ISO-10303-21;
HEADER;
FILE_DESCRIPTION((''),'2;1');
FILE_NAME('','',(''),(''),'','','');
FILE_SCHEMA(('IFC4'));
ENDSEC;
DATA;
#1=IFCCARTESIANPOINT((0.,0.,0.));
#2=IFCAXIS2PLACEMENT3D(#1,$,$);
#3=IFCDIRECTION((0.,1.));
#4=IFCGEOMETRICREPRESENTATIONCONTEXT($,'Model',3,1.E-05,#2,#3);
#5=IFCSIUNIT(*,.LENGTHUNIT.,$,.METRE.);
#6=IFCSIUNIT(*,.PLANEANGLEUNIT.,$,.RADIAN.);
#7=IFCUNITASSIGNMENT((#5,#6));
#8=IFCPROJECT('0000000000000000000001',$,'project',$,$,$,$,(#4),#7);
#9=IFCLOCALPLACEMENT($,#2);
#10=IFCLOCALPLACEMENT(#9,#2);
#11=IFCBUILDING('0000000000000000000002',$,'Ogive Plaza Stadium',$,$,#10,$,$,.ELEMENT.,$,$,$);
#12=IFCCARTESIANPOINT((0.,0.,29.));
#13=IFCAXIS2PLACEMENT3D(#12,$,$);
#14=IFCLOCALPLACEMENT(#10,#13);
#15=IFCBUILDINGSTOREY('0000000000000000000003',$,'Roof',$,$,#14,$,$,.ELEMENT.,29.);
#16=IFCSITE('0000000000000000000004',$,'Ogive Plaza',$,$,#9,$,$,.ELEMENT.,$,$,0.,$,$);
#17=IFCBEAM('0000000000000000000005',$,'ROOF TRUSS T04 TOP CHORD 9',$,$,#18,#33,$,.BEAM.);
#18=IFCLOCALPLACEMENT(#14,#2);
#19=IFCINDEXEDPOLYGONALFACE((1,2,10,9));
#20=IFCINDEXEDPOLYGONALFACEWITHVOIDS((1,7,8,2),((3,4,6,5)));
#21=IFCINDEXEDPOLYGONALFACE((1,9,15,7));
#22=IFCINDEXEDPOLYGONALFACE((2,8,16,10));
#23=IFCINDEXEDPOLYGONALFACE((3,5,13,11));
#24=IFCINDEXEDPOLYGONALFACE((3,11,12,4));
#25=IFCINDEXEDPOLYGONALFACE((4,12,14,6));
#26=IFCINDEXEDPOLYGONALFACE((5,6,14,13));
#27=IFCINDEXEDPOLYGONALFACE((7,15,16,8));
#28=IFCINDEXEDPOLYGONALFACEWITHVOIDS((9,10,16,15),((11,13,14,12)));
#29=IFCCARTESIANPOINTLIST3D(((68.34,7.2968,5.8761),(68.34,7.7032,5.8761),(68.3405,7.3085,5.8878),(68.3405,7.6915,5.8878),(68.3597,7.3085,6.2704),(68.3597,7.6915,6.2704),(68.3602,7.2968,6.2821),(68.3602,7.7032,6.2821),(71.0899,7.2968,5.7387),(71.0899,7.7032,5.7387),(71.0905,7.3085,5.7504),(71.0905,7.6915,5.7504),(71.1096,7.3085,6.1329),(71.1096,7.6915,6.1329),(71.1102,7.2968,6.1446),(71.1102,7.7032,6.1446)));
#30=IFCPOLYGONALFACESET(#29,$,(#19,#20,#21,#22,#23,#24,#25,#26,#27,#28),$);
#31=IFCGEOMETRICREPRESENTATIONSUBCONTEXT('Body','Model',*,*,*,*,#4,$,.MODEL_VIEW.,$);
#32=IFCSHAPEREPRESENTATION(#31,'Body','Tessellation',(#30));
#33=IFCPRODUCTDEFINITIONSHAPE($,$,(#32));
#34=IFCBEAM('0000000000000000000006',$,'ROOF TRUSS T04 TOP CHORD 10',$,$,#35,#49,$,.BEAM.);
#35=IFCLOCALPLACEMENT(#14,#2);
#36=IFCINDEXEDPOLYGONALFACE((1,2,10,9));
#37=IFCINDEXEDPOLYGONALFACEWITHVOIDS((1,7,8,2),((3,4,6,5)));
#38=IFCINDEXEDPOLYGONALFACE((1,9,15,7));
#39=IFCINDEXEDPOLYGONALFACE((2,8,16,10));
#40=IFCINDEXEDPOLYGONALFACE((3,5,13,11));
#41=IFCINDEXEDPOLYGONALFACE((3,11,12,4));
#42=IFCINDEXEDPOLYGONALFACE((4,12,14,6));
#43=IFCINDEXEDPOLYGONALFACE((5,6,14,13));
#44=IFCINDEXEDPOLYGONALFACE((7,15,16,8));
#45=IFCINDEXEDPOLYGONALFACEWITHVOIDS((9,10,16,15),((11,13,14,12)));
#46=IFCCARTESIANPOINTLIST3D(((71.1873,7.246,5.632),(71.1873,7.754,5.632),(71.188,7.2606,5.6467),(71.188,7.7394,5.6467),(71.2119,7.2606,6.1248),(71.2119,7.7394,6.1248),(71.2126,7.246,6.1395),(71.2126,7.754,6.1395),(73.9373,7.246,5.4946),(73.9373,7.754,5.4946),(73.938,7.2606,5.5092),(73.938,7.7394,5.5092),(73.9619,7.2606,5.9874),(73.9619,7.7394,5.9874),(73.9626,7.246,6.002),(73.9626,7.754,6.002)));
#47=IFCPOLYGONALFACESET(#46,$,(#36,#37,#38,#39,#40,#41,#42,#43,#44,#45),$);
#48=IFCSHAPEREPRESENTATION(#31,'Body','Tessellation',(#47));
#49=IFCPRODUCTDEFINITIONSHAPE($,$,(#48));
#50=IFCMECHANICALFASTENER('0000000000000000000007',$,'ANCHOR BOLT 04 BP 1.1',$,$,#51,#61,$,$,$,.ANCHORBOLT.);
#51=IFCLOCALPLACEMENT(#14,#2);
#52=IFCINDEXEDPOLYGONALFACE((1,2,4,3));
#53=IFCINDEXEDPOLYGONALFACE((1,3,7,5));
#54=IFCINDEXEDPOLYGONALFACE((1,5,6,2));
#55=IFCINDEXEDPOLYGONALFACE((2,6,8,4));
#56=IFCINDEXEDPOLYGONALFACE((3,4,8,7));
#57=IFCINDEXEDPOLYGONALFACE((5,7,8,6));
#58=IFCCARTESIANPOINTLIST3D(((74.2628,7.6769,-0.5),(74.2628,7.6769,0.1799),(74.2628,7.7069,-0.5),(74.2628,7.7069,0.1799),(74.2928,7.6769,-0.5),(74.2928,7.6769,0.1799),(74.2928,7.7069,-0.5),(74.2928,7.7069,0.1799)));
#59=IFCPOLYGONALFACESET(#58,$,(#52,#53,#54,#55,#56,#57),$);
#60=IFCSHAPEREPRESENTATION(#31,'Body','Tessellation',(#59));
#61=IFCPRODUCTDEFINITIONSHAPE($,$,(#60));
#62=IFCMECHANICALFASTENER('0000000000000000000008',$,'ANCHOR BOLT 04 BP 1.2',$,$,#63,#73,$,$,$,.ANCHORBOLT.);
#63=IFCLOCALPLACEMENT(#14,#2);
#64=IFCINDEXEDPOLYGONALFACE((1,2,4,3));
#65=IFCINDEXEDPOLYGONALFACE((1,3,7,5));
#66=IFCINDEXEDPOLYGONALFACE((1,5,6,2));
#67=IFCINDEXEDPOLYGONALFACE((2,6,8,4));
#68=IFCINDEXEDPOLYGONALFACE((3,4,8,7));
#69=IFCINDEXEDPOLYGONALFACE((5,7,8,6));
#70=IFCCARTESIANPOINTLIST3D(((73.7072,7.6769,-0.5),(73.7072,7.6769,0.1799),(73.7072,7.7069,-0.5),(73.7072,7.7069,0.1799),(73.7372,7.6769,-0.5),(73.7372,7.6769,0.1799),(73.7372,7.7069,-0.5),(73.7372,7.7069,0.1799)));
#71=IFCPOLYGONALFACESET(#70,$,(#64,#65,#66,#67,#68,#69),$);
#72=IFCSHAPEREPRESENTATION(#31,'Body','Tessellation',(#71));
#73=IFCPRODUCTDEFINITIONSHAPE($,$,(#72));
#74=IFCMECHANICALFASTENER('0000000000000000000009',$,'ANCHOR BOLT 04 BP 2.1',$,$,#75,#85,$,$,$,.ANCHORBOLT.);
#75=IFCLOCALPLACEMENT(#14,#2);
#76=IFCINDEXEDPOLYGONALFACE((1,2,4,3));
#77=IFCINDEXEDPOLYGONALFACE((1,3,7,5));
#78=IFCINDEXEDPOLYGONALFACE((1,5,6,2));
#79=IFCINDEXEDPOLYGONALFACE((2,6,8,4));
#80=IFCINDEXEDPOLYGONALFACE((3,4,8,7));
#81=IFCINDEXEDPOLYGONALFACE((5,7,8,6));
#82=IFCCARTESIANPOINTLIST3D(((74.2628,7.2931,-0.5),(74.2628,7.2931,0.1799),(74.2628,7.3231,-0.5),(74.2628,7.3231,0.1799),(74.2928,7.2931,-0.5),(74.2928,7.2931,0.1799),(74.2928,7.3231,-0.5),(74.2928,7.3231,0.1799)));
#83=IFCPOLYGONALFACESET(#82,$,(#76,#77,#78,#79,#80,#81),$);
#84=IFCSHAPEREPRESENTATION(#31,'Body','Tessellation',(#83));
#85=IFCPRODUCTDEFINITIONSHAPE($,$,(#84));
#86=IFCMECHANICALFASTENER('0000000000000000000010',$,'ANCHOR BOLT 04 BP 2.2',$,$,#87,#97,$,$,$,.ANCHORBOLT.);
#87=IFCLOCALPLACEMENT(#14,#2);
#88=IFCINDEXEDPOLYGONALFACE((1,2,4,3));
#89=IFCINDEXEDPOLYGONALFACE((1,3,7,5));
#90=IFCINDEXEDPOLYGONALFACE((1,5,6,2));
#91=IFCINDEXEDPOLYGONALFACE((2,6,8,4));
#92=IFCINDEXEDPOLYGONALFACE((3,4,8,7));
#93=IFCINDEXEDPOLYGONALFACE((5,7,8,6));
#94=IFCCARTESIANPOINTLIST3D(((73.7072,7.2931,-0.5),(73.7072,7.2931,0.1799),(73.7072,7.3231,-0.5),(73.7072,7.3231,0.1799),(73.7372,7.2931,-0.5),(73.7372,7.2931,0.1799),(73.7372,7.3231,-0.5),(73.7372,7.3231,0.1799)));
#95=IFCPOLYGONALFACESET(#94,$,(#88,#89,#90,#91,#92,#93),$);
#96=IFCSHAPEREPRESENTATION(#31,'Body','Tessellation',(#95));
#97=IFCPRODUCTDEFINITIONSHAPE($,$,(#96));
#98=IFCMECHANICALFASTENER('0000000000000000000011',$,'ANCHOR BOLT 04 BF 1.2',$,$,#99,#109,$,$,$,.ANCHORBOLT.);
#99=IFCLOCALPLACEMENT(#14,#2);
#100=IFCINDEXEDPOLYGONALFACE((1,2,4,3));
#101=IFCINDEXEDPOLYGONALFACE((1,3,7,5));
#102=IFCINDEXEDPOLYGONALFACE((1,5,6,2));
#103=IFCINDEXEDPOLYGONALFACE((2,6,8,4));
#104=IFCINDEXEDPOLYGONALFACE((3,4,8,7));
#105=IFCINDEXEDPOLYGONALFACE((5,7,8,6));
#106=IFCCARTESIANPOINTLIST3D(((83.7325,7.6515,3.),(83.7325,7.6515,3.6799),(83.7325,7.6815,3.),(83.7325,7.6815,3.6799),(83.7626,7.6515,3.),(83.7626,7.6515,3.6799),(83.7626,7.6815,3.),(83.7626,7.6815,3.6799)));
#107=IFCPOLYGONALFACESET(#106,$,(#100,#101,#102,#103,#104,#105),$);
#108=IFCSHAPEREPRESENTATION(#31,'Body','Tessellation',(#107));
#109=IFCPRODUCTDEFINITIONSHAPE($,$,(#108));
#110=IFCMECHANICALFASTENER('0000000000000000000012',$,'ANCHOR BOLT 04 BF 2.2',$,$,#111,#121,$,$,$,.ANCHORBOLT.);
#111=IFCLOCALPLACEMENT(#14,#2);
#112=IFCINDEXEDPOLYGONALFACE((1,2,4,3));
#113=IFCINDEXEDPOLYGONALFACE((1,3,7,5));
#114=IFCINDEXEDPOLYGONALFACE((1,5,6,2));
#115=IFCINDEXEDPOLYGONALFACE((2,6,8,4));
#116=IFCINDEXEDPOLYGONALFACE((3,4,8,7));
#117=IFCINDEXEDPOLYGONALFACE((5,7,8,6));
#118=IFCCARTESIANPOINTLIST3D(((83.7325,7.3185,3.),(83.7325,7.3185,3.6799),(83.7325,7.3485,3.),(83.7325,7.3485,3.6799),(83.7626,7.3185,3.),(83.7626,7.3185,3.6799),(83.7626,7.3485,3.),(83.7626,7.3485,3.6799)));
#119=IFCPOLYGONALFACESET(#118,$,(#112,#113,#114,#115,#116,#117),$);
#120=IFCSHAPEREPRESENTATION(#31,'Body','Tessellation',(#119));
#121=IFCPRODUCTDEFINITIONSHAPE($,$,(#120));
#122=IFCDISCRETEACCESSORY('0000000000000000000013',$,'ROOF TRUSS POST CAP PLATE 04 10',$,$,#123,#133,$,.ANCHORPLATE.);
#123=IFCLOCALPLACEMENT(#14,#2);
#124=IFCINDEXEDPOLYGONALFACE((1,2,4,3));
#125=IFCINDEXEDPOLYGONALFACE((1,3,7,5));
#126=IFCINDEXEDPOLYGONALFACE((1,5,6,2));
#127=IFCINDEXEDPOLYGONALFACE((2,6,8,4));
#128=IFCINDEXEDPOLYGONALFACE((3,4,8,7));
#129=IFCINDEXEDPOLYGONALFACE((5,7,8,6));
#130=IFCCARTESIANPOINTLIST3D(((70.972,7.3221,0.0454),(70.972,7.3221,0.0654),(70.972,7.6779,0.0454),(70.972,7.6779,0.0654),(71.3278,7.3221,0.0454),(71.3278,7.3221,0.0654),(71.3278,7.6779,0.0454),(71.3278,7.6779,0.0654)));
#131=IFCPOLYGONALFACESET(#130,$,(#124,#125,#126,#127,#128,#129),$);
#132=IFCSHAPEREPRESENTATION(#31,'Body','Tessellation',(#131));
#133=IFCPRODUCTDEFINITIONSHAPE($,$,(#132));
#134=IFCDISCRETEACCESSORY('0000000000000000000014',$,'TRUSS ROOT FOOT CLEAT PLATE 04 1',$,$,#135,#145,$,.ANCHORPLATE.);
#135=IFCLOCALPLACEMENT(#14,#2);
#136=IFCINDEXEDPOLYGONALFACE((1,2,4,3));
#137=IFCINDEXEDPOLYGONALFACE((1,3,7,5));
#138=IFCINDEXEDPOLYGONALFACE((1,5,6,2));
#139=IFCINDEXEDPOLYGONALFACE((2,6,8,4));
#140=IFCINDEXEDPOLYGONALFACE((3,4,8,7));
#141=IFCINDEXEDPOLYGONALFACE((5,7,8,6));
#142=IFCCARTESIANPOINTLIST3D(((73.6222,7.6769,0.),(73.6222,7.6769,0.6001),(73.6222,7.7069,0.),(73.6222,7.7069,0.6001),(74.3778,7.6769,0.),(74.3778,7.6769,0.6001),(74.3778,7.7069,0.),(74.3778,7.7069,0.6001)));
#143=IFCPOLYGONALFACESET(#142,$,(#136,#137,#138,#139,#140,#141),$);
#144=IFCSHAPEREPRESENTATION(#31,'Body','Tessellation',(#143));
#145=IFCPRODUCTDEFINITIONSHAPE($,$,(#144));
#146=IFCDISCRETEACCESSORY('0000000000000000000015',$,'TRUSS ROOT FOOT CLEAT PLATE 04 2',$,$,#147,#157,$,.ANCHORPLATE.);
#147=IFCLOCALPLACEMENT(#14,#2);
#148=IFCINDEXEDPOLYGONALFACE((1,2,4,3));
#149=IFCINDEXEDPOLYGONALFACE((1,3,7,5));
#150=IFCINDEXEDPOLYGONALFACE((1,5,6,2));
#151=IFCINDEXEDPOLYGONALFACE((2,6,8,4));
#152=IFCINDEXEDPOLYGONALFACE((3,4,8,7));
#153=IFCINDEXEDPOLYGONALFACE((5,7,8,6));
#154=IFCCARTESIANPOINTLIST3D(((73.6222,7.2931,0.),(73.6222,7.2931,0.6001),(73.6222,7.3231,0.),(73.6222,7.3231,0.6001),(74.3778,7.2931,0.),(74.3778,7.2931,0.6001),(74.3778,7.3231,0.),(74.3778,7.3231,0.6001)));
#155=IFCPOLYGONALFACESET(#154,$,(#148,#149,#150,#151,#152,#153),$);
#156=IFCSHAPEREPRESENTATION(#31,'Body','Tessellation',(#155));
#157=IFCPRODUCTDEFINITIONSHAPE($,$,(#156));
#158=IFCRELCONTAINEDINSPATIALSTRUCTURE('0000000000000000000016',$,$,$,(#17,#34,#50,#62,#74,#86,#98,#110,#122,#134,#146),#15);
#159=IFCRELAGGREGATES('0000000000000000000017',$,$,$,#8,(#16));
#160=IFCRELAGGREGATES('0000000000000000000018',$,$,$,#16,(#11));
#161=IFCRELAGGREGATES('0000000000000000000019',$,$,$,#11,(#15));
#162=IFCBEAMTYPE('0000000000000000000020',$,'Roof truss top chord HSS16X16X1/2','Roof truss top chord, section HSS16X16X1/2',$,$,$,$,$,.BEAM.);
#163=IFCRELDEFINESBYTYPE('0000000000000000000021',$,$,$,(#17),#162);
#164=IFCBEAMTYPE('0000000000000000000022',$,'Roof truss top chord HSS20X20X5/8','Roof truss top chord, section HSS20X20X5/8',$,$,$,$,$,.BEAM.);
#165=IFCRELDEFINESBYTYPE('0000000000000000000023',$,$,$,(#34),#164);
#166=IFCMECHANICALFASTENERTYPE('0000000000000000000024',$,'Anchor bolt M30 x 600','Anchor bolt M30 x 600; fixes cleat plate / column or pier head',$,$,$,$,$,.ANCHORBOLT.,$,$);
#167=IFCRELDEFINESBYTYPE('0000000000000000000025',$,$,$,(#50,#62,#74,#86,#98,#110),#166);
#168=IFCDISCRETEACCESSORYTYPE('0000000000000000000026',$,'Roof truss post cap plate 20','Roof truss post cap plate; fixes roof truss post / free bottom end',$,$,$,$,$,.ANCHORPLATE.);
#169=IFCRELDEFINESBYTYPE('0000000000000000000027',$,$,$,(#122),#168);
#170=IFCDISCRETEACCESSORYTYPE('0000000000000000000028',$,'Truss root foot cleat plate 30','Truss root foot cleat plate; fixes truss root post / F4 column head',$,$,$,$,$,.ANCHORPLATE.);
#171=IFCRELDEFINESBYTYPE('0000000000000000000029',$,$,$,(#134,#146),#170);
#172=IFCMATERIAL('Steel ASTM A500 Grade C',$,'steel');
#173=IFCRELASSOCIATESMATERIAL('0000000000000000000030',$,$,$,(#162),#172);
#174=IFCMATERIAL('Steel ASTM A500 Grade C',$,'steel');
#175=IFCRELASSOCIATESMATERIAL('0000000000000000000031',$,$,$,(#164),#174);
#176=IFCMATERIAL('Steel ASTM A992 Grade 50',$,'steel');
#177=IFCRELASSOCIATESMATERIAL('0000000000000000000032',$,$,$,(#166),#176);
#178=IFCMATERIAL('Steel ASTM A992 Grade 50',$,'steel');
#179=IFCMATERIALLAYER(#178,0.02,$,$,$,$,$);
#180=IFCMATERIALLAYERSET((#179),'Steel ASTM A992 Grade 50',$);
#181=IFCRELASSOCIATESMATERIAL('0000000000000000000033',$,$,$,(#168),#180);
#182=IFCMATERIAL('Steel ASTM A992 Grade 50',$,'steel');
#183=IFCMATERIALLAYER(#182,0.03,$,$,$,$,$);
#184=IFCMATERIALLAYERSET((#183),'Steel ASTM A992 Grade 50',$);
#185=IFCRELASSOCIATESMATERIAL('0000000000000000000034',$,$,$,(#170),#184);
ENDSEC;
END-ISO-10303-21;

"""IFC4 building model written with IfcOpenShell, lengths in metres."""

from ifc_helpers import new_model, si_unit, direction, frame, origin, origin_2d, place, context, subcontext, project, spatial, rectangle, hollow_rectangle, extrude, material, layer, layer_set, material_profile, profile_set, type_object, element, save


model = new_model("IFC4")

# Units and contexts
model_context = context("Model", 3, precision=1e-05, world=origin(), true_north=direction((0.0, 1.0)))
body_context = subcontext(model_context, "Body", "Model", "MODEL_VIEW")
ifc_project = project(units=[si_unit("LENGTHUNIT", "METRE"), si_unit("PLANEANGLEUNIT", "RADIAN")], contexts=[model_context])

# Site, building, storey
site_placement = place(None, origin())
site = spatial("IfcSite", under=ifc_project, at=site_placement, Name="Ogive Plaza", CompositionType="ELEMENT", RefElevation=0.0)
building_placement = place(site_placement, origin())
building = spatial("IfcBuilding", under=site, at=building_placement, Name="Ogive Plaza Stadium", CompositionType="ELEMENT")
storey_placement = place(building_placement, frame((0.0, 0.0, 29.0)))
storey = spatial("IfcBuildingStorey", under=building, at=storey_placement, Name="Roof", CompositionType="ELEMENT", Elevation=29.0)

# Beams
ifc_material_1 = material(Name="Steel ASTM A500 Grade C", Category="steel")
ifc_material_profile_1 = material_profile(ifc_material_1, hollow_rectangle(XDim=0.4065, YDim=0.4065, WallThickness=0.0117, at=origin_2d()), Name="HSS16X16X1/2")
ifc_profile_set_1 = profile_set([ifc_material_profile_1], Name="Steel ASTM A500 Grade C")
beam_type_1 = type_object("IfcBeamType", Name="Roof truss top chord HSS16X16X1/2", Description="Roof truss top chord, section HSS16X16X1/2", PredefinedType="BEAM", material=ifc_profile_set_1)
beam_1_placement = place(storey_placement, frame((68.3501, 7.5, 6.0791), z_axis=(0.998753, 0.0, -0.04992), x_axis=(0.0, 1.0, 0.0)))
element("IfcBeam", 1, at=beam_1_placement, inside=storey, type_object=beam_type_1, Name="ROOF TRUSS T04 TOP CHORD 9", PredefinedType="BEAM", context=body_context, shape_type="SweptSolid", body=[
    extrude(hollow_rectangle(XDim=0.4065, YDim=0.4065, WallThickness=0.0117, at=origin_2d()), origin(), (0.0, 0.0, 1.0), 2.7534),
])
ifc_material_2 = material(Name="Steel ASTM A500 Grade C", Category="steel")
ifc_material_profile_2 = material_profile(ifc_material_2, hollow_rectangle(XDim=0.5081, YDim=0.5081, WallThickness=0.0146, at=origin_2d()), Name="HSS20X20X5/8")
ifc_profile_set_2 = profile_set([ifc_material_profile_2], Name="Steel ASTM A500 Grade C")
beam_type_2 = type_object("IfcBeamType", Name="Roof truss top chord HSS20X20X5/8", Description="Roof truss top chord, section HSS20X20X5/8", PredefinedType="BEAM", material=ifc_profile_set_2)
beam_2_placement = place(storey_placement, frame((71.2, 7.5, 5.8857), z_axis=(0.998753, 0.0, -0.04992), x_axis=(0.0, 1.0, 0.0)))
element("IfcBeam", 2, at=beam_2_placement, inside=storey, type_object=beam_type_2, Name="ROOF TRUSS T04 TOP CHORD 10", PredefinedType="BEAM", context=body_context, shape_type="SweptSolid", body=[
    extrude(hollow_rectangle(XDim=0.5081, YDim=0.5081, WallThickness=0.0146, at=origin_2d()), origin(), (0.0, 0.0, 1.0), 2.7534),
])

# Mechanical fasteners
ifc_material_3 = material(Name="Steel ASTM A992 Grade 50", Category="steel")
mechanical_fastener_type = type_object("IfcMechanicalFastenerType", Name="Anchor bolt M30 x 600", Description="Anchor bolt M30 x 600; fixes cleat plate / column or pier head", PredefinedType="ANCHORBOLT", material=ifc_material_3)
for number, where, z_axis, x_axis, name in (
    (3, (74.2778, 7.6919, -0.5), (0.0, 0.0, 1.0), (1.0, 0.0, 0.0), "ANCHOR BOLT 04 BP 1.1"),
    (4, (73.7222, 7.6919, -0.5), (0.0, 0.0, 1.0), (1.0, 0.0, 0.0), "ANCHOR BOLT 04 BP 1.2"),
    (5, (74.2778, 7.3081, -0.5), (0.0, 0.0, 1.0), (1.0, 0.0, 0.0), "ANCHOR BOLT 04 BP 2.1"),
    (6, (73.7222, 7.3081, -0.5), (0.0, 0.0, 1.0), (1.0, 0.0, 0.0), "ANCHOR BOLT 04 BP 2.2"),
    (7, (83.7476, 7.6665, 3.0), (0.0, 0.0, 1.0), (1.0, 0.0, 0.0), "ANCHOR BOLT 04 BF 1.2"),
    (8, (83.7476, 7.3335, 3.0), (0.0, 0.0, 1.0), (1.0, 0.0, 0.0), "ANCHOR BOLT 04 BF 2.2"),
):
    element("IfcMechanicalFastener", number, at=place(storey_placement, frame(where, z_axis=z_axis, x_axis=x_axis)), inside=storey, type_object=mechanical_fastener_type, Name=name, PredefinedType="ANCHORBOLT", context=body_context, shape_type="SweptSolid", body=[
        extrude(rectangle(XDim=0.03, YDim=0.03, at=origin_2d()), origin(), (0.0, 0.0, 1.0), 0.6799),
    ])

# Discrete accessories
ifc_material_4 = material(Name="Steel ASTM A992 Grade 50", Category="steel")
ifc_layer_1 = layer(ifc_material_4, 0.02)
ifc_layer_set_1 = layer_set([ifc_layer_1], Name="Steel ASTM A992 Grade 50")
discrete_accessory_type_1 = type_object("IfcDiscreteAccessoryType", Name="Roof truss post cap plate 20", Description="Roof truss post cap plate; fixes roof truss post / free bottom end", PredefinedType="ANCHORPLATE", material=ifc_layer_set_1)
discrete_accessory_placement = place(storey_placement, frame((71.1499, 7.5, 0.0454), z_axis=(0.0, 0.0, 1.0), x_axis=(1.0, 0.0, 0.0)))
element("IfcDiscreteAccessory", 9, at=discrete_accessory_placement, inside=storey, type_object=discrete_accessory_type_1, Name="ROOF TRUSS POST CAP PLATE 04 10", PredefinedType="ANCHORPLATE", context=body_context, shape_type="SweptSolid", body=[
    extrude(rectangle(XDim=0.3557, YDim=0.3557, at=origin_2d()), origin(), (0.0, 0.0, 1.0), 0.02),
])
ifc_material_5 = material(Name="Steel ASTM A992 Grade 50", Category="steel")
ifc_layer_2 = layer(ifc_material_5, 0.03)
ifc_layer_set_2 = layer_set([ifc_layer_2], Name="Steel ASTM A992 Grade 50")
discrete_accessory_type_2 = type_object("IfcDiscreteAccessoryType", Name="Truss root foot cleat plate 30", Description="Truss root foot cleat plate; fixes truss root post / F4 column head", PredefinedType="ANCHORPLATE", material=ifc_layer_set_2)
for number, where, z_axis, x_axis, name in (
    (10, (74.0, 7.6919, 0.0), (0.0, 0.0, 1.0), (1.0, 0.0, 0.0), "TRUSS ROOT FOOT CLEAT PLATE 04 1"),
    (11, (74.0, 7.3081, 0.0), (0.0, 0.0, 1.0), (1.0, 0.0, 0.0), "TRUSS ROOT FOOT CLEAT PLATE 04 2"),
):
    element("IfcDiscreteAccessory", number, at=place(storey_placement, frame(where, z_axis=z_axis, x_axis=x_axis)), inside=storey, type_object=discrete_accessory_type_2, Name=name, PredefinedType="ANCHORPLATE", context=body_context, shape_type="SweptSolid", body=[
        extrude(rectangle(XDim=0.7556, YDim=0.03, at=origin_2d()), origin(), (0.0, 0.0, 1.0), 0.6001),
    ])

save(model, "model.ifc")
